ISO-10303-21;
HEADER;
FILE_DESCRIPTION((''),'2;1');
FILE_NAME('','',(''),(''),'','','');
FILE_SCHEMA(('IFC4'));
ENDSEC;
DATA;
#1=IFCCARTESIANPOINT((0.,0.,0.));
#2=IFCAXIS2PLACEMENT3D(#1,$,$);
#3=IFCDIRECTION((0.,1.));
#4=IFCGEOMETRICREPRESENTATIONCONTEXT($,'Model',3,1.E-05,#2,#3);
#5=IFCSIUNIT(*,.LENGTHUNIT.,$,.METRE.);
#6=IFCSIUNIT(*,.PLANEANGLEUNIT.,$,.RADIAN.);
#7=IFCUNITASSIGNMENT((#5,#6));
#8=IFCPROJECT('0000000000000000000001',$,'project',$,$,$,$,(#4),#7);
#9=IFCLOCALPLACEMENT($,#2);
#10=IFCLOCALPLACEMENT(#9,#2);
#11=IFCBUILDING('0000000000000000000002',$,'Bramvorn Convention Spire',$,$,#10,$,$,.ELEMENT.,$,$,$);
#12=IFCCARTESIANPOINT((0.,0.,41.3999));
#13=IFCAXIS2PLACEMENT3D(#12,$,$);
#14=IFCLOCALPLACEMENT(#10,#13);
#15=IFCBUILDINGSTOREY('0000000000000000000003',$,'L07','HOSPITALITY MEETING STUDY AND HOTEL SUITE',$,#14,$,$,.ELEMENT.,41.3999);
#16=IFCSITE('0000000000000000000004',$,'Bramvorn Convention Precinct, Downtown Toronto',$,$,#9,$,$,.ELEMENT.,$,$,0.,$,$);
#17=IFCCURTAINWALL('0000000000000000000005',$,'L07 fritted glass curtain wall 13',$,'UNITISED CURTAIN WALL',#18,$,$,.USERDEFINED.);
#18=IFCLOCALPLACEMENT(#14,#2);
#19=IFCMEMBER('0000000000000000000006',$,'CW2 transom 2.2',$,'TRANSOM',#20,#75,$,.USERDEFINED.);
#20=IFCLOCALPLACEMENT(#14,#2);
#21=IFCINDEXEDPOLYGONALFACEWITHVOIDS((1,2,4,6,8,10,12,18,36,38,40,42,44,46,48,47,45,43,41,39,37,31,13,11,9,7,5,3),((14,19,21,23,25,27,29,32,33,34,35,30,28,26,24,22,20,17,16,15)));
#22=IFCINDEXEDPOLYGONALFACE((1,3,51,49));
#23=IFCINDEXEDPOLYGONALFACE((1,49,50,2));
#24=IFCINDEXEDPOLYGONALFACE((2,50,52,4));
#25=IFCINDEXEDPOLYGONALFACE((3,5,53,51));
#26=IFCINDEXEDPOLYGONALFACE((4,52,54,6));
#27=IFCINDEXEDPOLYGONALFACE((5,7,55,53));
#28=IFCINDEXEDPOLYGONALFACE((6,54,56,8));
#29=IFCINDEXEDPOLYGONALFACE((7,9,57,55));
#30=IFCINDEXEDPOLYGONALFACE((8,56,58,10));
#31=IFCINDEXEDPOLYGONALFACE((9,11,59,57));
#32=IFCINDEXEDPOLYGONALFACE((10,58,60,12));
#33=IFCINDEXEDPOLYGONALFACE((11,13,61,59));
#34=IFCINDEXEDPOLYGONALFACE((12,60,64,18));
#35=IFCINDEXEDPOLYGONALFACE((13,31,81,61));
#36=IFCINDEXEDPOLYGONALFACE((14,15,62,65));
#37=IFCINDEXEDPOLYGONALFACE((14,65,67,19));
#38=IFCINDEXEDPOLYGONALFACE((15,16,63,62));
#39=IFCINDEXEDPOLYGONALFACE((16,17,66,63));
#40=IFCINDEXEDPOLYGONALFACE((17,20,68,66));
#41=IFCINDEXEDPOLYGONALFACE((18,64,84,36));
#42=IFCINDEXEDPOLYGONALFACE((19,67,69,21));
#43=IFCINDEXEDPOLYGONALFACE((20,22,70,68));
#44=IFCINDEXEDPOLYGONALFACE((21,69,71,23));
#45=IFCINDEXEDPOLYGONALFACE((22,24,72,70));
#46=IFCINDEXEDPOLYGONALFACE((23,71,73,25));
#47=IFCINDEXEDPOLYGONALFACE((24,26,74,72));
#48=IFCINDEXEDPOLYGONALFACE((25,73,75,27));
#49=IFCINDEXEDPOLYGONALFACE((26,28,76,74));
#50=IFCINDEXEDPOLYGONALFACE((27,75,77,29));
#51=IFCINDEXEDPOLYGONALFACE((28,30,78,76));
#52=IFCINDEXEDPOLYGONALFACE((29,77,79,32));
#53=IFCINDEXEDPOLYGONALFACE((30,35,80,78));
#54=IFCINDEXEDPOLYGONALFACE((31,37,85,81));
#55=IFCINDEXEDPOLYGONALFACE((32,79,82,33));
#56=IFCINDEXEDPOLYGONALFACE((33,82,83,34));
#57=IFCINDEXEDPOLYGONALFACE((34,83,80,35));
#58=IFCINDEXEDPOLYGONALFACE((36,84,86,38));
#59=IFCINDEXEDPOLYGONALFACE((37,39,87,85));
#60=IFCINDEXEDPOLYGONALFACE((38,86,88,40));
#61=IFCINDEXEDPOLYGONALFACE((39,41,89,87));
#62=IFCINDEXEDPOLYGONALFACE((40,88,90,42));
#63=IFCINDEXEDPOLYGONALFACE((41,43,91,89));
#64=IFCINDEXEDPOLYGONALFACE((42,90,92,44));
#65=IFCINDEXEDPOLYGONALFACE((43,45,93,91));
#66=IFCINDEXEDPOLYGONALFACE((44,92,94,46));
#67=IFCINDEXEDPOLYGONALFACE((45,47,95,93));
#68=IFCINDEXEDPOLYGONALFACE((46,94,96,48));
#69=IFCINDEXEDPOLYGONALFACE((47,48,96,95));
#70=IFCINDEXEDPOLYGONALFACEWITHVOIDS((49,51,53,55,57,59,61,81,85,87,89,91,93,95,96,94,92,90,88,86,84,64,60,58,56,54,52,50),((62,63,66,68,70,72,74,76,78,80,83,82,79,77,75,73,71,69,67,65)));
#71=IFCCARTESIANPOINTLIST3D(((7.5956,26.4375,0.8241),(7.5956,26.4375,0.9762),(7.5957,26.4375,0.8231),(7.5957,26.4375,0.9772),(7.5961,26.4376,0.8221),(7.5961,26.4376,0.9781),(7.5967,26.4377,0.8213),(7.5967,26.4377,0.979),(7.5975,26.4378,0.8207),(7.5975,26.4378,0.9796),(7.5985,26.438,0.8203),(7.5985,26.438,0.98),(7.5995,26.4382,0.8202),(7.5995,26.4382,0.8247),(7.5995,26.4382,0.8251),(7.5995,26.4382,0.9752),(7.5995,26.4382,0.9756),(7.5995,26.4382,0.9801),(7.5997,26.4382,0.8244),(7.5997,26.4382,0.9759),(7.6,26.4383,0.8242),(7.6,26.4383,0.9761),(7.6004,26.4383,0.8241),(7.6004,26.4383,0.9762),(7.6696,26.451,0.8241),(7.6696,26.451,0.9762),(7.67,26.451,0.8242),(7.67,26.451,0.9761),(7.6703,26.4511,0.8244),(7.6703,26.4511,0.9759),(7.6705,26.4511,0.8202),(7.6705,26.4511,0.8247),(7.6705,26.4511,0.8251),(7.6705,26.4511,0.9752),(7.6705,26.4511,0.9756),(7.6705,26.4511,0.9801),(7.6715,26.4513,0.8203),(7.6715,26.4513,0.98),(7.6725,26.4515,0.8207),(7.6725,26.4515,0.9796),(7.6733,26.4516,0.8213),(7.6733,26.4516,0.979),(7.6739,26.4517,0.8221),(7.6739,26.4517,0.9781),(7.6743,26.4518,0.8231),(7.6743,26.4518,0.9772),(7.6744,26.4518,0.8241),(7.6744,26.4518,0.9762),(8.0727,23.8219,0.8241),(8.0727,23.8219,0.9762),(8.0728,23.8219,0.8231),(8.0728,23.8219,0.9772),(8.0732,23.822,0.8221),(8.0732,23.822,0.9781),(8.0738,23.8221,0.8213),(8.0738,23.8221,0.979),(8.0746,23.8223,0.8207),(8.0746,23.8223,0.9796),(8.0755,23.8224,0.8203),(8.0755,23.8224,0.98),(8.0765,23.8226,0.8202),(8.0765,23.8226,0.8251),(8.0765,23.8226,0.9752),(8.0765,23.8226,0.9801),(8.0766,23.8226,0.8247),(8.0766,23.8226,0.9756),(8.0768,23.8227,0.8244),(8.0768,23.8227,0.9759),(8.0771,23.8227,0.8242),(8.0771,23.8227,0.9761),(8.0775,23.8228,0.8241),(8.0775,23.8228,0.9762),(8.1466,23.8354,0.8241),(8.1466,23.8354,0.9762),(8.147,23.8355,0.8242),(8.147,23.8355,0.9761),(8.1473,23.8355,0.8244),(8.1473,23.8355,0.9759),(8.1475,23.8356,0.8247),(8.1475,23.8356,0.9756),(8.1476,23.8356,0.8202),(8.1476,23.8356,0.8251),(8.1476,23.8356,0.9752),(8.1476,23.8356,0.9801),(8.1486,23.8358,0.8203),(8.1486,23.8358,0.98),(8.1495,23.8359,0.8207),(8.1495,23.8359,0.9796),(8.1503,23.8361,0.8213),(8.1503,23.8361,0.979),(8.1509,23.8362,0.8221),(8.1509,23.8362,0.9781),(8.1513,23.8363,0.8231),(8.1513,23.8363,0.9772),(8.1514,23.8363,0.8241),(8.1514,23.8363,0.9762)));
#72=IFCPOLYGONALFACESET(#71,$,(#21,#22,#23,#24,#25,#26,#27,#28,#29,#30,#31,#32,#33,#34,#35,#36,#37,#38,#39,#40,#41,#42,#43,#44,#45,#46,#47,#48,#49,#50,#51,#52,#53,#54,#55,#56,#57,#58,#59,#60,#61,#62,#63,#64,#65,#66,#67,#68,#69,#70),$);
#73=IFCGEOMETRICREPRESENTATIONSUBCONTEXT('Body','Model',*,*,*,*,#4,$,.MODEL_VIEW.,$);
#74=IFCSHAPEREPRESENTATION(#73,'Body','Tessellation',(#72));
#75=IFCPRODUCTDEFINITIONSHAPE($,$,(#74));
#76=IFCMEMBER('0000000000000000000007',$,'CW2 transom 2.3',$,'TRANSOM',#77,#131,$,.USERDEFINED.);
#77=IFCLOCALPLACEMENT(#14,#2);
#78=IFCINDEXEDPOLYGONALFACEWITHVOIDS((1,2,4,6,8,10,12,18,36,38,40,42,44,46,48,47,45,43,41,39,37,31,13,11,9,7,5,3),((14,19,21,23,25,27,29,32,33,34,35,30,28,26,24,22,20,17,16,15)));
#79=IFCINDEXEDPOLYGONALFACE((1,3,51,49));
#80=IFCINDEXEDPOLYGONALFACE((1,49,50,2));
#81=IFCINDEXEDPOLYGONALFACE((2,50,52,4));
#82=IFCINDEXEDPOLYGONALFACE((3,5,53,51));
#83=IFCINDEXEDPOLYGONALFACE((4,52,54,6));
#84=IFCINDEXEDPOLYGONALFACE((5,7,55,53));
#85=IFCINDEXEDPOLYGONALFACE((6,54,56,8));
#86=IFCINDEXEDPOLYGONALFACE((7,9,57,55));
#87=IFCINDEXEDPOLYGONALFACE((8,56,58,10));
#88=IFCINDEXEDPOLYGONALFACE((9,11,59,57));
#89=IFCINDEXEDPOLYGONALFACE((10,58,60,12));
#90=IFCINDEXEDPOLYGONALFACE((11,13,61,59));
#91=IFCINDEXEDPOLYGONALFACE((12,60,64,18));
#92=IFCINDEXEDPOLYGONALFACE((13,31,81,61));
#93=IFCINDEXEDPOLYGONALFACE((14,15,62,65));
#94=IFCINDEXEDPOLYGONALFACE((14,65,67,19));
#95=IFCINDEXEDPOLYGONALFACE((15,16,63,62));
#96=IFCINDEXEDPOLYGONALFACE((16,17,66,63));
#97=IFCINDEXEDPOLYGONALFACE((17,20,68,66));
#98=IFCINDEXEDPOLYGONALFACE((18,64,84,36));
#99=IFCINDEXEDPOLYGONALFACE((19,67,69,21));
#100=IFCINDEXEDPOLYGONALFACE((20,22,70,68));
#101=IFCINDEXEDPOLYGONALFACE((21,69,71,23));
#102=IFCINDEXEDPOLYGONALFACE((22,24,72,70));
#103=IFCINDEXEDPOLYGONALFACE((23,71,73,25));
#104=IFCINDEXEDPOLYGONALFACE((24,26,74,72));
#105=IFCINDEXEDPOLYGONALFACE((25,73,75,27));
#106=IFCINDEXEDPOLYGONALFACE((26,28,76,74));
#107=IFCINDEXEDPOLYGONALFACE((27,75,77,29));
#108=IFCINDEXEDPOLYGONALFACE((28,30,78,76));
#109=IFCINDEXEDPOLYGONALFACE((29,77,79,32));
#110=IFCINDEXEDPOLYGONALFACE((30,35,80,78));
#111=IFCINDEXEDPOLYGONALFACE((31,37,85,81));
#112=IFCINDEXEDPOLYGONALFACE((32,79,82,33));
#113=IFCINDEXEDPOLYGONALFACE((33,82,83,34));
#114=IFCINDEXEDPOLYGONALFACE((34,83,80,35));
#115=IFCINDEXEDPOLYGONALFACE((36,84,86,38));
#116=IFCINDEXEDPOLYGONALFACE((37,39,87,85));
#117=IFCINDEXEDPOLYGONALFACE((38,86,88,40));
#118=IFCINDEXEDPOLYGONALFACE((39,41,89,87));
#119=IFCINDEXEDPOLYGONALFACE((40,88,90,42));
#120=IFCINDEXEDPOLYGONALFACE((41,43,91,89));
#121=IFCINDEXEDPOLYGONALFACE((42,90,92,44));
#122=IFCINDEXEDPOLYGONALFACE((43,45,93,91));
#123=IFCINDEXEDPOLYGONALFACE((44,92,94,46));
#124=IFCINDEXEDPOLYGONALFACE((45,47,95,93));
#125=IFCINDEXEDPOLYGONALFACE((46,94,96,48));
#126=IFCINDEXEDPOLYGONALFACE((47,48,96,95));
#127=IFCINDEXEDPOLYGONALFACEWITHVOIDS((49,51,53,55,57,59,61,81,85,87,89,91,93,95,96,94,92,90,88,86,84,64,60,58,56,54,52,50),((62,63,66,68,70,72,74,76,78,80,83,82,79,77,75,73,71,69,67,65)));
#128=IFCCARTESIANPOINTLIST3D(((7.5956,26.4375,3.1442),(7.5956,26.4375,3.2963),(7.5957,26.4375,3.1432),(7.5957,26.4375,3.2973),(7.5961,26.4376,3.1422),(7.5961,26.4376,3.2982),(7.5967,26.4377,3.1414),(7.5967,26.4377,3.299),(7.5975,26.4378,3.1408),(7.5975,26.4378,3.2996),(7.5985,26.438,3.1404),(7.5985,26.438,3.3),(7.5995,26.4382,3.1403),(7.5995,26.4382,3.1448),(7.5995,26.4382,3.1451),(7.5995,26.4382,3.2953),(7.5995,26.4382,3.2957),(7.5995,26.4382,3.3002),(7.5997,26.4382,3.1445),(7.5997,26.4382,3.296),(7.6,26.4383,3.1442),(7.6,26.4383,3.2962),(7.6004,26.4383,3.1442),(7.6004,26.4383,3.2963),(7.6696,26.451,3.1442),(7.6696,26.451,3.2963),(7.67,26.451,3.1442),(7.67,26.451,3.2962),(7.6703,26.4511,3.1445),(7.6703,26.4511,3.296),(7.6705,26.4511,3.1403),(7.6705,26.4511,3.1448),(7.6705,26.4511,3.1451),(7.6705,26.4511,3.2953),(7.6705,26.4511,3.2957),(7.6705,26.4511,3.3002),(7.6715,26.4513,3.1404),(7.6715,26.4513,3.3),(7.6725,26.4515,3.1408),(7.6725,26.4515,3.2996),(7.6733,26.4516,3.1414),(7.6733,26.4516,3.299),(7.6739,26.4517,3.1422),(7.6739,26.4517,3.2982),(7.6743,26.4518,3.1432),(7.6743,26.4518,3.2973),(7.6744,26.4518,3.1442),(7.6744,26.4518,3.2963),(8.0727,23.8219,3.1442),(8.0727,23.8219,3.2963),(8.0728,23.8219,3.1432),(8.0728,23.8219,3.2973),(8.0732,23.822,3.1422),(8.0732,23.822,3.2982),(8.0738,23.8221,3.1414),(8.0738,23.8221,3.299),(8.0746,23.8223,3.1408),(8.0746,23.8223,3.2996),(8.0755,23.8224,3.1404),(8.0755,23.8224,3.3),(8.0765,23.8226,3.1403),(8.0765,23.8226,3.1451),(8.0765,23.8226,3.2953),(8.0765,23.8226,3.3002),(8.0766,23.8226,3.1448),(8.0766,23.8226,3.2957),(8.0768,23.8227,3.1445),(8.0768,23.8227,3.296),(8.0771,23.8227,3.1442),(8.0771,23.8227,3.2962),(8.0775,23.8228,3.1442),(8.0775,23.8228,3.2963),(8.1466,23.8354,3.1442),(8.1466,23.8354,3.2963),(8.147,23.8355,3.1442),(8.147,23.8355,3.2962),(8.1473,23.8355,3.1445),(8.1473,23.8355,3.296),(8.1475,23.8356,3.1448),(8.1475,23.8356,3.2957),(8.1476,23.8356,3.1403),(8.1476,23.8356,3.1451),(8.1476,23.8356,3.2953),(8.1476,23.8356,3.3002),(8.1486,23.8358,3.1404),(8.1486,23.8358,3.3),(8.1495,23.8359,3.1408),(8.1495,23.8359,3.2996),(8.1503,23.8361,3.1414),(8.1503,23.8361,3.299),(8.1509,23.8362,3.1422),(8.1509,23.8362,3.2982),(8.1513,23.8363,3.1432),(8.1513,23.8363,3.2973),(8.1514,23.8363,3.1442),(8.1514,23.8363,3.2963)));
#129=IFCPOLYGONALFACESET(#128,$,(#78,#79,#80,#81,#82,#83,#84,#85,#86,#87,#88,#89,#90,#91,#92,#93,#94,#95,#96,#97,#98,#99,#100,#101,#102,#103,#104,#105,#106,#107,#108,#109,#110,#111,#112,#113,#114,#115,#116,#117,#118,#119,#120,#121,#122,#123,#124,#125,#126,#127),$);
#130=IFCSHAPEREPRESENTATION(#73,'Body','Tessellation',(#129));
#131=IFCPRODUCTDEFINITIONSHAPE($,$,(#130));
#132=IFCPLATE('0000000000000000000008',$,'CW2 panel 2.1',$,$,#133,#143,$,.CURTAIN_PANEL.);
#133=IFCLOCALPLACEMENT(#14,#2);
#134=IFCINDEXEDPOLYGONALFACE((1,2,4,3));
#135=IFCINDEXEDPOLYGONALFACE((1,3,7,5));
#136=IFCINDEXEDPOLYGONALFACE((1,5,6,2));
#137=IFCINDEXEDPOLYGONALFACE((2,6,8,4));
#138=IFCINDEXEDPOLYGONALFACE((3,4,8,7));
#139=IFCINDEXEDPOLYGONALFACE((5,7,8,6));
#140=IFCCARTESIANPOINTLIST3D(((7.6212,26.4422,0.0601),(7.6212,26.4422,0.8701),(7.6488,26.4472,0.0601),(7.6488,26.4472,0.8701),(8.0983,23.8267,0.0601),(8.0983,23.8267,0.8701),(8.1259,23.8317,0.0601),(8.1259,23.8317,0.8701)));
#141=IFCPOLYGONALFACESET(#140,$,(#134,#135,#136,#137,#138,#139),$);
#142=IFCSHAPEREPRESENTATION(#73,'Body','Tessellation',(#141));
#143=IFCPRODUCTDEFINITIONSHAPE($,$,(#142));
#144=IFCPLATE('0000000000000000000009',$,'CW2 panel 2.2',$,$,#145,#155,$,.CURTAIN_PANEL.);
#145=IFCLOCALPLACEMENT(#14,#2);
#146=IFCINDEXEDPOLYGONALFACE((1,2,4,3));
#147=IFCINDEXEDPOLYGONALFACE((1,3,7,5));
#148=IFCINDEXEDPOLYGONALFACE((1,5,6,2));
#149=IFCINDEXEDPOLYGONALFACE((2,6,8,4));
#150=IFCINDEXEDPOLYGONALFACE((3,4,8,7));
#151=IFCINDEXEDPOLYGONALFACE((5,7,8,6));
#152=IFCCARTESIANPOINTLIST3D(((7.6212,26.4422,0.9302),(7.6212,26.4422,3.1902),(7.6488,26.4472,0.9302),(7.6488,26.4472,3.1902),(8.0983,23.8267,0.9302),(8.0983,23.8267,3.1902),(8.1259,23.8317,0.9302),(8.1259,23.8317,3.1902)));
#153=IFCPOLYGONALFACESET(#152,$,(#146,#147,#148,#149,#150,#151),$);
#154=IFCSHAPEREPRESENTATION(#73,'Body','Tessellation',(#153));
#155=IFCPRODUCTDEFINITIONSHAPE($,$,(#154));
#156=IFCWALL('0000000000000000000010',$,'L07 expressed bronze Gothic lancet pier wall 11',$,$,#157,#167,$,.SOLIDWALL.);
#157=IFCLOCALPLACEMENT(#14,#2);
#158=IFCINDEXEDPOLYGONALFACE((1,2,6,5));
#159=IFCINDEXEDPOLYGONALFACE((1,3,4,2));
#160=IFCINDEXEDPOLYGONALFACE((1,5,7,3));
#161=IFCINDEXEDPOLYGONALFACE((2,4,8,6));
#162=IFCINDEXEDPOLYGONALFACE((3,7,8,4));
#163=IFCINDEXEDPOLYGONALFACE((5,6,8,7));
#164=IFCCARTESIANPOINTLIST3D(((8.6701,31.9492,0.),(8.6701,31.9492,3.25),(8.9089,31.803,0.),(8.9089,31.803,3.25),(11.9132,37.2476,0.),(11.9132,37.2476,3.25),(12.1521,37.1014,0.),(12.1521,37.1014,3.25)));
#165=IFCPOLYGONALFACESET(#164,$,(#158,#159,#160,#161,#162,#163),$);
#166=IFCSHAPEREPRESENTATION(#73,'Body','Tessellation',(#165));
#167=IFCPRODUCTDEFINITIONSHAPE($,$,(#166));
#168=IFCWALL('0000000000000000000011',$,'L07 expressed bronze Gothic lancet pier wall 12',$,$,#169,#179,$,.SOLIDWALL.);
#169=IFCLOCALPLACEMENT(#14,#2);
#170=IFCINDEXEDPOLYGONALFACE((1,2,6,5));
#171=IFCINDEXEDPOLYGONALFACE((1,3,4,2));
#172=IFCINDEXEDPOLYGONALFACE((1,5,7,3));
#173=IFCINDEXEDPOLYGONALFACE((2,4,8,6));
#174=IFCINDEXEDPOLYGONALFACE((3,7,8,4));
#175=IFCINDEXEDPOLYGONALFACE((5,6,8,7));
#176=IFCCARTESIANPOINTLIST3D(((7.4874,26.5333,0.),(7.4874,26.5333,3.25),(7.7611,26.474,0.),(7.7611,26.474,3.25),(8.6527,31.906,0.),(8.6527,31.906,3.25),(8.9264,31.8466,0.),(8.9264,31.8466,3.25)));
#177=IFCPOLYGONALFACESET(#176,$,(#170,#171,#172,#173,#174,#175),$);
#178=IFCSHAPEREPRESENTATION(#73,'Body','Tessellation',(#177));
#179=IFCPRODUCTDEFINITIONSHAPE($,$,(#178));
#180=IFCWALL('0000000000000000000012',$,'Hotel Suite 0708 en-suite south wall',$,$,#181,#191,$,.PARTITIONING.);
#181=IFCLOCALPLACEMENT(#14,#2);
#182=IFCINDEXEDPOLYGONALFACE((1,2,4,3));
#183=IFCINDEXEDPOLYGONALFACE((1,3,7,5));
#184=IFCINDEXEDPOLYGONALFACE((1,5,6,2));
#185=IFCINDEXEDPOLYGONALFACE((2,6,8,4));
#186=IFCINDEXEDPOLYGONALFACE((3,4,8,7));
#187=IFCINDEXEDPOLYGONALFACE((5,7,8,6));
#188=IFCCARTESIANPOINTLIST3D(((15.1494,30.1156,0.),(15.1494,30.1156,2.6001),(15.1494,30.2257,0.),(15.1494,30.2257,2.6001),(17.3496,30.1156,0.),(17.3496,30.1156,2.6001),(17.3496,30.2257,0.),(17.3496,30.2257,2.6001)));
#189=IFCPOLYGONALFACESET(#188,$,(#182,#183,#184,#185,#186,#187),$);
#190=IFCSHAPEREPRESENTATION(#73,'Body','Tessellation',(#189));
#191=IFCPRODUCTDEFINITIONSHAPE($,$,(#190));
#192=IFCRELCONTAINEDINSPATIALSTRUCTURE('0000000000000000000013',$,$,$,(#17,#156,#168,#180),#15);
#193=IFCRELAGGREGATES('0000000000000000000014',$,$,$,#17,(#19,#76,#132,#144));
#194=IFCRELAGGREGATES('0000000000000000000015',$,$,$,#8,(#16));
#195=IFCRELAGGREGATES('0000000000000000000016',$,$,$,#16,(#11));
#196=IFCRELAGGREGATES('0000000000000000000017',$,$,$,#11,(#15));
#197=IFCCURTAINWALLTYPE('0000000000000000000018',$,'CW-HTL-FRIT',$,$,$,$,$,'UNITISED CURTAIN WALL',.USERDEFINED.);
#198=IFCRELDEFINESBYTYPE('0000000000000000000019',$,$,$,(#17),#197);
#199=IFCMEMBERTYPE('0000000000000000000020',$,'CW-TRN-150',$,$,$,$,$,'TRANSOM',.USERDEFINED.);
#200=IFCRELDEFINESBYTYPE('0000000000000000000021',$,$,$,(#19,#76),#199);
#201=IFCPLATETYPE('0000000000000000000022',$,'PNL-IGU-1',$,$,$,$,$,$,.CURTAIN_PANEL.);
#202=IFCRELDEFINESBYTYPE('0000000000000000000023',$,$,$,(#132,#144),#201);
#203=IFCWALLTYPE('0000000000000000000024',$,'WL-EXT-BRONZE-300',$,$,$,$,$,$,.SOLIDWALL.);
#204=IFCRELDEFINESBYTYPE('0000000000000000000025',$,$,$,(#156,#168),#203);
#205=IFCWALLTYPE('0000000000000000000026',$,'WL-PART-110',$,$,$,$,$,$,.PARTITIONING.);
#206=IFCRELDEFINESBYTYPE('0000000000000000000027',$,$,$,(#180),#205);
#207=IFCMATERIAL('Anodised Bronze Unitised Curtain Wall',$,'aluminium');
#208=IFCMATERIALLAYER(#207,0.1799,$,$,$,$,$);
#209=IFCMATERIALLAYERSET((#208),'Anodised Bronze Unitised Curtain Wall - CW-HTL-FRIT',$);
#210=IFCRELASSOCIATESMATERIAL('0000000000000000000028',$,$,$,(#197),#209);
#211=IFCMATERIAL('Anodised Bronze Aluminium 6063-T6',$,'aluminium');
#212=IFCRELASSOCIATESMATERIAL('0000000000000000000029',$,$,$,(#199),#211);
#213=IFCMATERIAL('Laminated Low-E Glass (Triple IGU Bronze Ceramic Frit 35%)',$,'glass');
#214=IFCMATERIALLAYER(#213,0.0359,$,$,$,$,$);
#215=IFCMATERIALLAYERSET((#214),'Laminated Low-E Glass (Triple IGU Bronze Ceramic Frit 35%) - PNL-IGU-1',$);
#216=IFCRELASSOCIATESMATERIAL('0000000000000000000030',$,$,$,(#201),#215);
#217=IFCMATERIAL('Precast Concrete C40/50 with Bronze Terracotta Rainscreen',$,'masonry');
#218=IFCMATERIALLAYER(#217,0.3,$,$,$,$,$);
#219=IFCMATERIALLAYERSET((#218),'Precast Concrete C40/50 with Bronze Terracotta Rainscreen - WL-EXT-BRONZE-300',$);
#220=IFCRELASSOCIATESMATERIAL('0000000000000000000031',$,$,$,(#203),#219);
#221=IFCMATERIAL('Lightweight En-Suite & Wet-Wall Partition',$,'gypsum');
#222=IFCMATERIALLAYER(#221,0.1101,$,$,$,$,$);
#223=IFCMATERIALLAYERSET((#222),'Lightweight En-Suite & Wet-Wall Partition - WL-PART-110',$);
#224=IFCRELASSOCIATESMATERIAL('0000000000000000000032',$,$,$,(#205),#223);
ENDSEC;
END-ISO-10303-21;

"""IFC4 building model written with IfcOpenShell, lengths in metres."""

from ifc_helpers import new_model, si_unit, direction, frame, frame_2d, origin, origin_2d, place, context, subcontext, project, spatial, rectangle, hollow_rectangle, extrude, material, layer, layer_set, material_profile, profile_set, type_object, element, aggregate, save


model = new_model("IFC4")

# Units and contexts
model_context = context("Model", 3, precision=1e-05, world=origin(), true_north=direction((0.0, 1.0)))
body_context = subcontext(model_context, "Body", "Model", "MODEL_VIEW")
ifc_project = project(units=[si_unit("LENGTHUNIT", "METRE"), si_unit("PLANEANGLEUNIT", "RADIAN")], contexts=[model_context])

# Site, building, storey
site_placement = place(None, origin())
site = spatial("IfcSite", under=ifc_project, at=site_placement, Name="Bramvorn Convention Precinct, Downtown Toronto", CompositionType="ELEMENT", RefElevation=0.0)
building_placement = place(site_placement, origin())
building = spatial("IfcBuilding", under=site, at=building_placement, Name="Bramvorn Convention Spire", CompositionType="ELEMENT")
storey_placement = place(building_placement, frame((0.0, 0.0, 41.3999)))
storey = spatial("IfcBuildingStorey", under=building, at=storey_placement, Name="L07", Description="HOSPITALITY MEETING STUDY AND HOTEL SUITE", CompositionType="ELEMENT", Elevation=41.3999)

# Curtain wall, members, plates
ifc_material_1 = material(Name="Anodised Bronze Unitised Curtain Wall", Category="aluminium")
ifc_layer_1 = layer(ifc_material_1, 0.1799)
ifc_layer_set_1 = layer_set([ifc_layer_1], Name="Anodised Bronze Unitised Curtain Wall - CW-HTL-FRIT")
curtain_wall_type = type_object("IfcCurtainWallType", Name="CW-HTL-FRIT", ElementType="UNITISED CURTAIN WALL", PredefinedType="USERDEFINED", material=ifc_layer_set_1)
curtain_wall_placement = place(storey_placement, origin())
curtain_wall = element("IfcCurtainWall", 1, at=curtain_wall_placement, inside=storey, type_object=curtain_wall_type, Name="L07 fritted glass curtain wall 13", ObjectType="UNITISED CURTAIN WALL", PredefinedType="USERDEFINED")
ifc_material_2 = material(Name="Anodised Bronze Aluminium 6063-T6", Category="aluminium")
ifc_material_profile_1 = material_profile(ifc_material_2, hollow_rectangle(XDim=0.0801, YDim=0.1599, WallThickness=0.0039, InnerFilletRadius=0.001, OuterFilletRadius=0.0039, at=origin_2d()))
ifc_profile_set_1 = profile_set([ifc_material_profile_1], Name="Anodised Bronze Aluminium 6063-T6 - CWT80X160")
member_type_1 = type_object("IfcMemberType", Name="CW-TRN-150", ElementType="TRANSOM", PredefinedType="USERDEFINED", material=ifc_profile_set_1)
member_1_placement = place(storey_placement, frame((8.1121, 23.8291, 0.9001), z_axis=(-0.179435, 0.98377, 0.0), x_axis=(-0.98377, -0.179435, 0.0)))
member_1 = element("IfcMember", 2, at=member_1_placement, type_object=member_type_1, Name="CW2 transom 2.2", ObjectType="TRANSOM", PredefinedType="USERDEFINED", context=body_context, shape_type="SweptSolid", body=[
    extrude(hollow_rectangle(XDim=0.0801, YDim=0.1599, WallThickness=0.0039, InnerFilletRadius=0.001, OuterFilletRadius=0.0039, at=origin_2d()), origin(), (0.0, 0.0, 1.0), 2.6587),
])
member_2_placement = place(storey_placement, frame((8.1121, 23.8291, 3.2202), z_axis=(-0.179435, 0.98377, 0.0), x_axis=(-0.98377, -0.179435, 0.0)))
member_2 = element("IfcMember", 3, at=member_2_placement, type_object=member_type_1, Name="CW2 transom 2.3", ObjectType="TRANSOM", PredefinedType="USERDEFINED", context=body_context, shape_type="SweptSolid", body=[
    extrude(hollow_rectangle(XDim=0.0801, YDim=0.1599, WallThickness=0.0039, InnerFilletRadius=0.001, OuterFilletRadius=0.0039, at=origin_2d()), origin(), (0.0, 0.0, 1.0), 2.6587),
])
ifc_material_3 = material(Name="Laminated Low-E Glass (Triple IGU Bronze Ceramic Frit 35%)", Category="glass")
ifc_layer_2 = layer(ifc_material_3, 0.0359)
ifc_layer_set_2 = layer_set([ifc_layer_2], Name="Laminated Low-E Glass (Triple IGU Bronze Ceramic Frit 35%) - PNL-IGU-1")
plate_type = type_object("IfcPlateType", Name="PNL-IGU-1", PredefinedType="CURTAIN_PANEL", material=ifc_layer_set_2)
plate_1_placement = place(storey_placement, frame((7.8735, 25.137, 0.0601), z_axis=(0.0, 0.0, 1.0), x_axis=(-0.179447, 0.983768, 0.0)))
plate_1 = element("IfcPlate", 4, at=plate_1_placement, type_object=plate_type, Name="CW2 panel 2.1", PredefinedType="CURTAIN_PANEL", context=body_context, shape_type="SweptSolid", body=[
    extrude(rectangle(XDim=2.6587, YDim=0.0281, at=origin_2d()), origin(), (0.0, 0.0, 1.0), 0.8101),
])
plate_2_placement = place(storey_placement, frame((7.8735, 25.137, 0.9302), z_axis=(0.0, 0.0, 1.0), x_axis=(-0.179447, 0.983768, 0.0)))
plate_2 = element("IfcPlate", 5, at=plate_2_placement, type_object=plate_type, Name="CW2 panel 2.2", PredefinedType="CURTAIN_PANEL", context=body_context, shape_type="SweptSolid", body=[
    extrude(rectangle(XDim=2.6587, YDim=0.0281, at=origin_2d()), origin(), (0.0, 0.0, 1.0), 2.26),
])
aggregate(curtain_wall, [member_1, member_2, plate_1, plate_2])

# Walls
ifc_material_4 = material(Name="Precast Concrete C40/50 with Bronze Terracotta Rainscreen", Category="masonry")
ifc_layer_3 = layer(ifc_material_4, 0.3)
ifc_layer_set_3 = layer_set([ifc_layer_3], Name="Precast Concrete C40/50 with Bronze Terracotta Rainscreen - WL-EXT-BRONZE-300")
wall_type_1 = type_object("IfcWallType", Name="WL-EXT-BRONZE-300", PredefinedType="SOLIDWALL", material=ifc_layer_set_3)
wall_1_placement = place(storey_placement, frame((8.7896, 31.8762, 0.0), z_axis=(0.0, 0.0, 1.0), x_axis=(0.52207, 0.852903, 0.0)))
element("IfcWall", 6, at=wall_1_placement, inside=storey, type_object=wall_type_1, Name="L07 expressed bronze Gothic lancet pier wall 11", PredefinedType="SOLIDWALL", context=body_context, shape_type="SweptSolid", body=[
    extrude(rectangle(XDim=6.2122, YDim=0.28, at=frame_2d((3.106, 0.0))), origin(), (0.0, 0.0, 1.0), 3.25),
])
wall_2_placement = place(storey_placement, frame((7.6243, 26.5037, 0.0), z_axis=(0.0, 0.0, 1.0), x_axis=(0.211967, 0.977277, 0.0)))
element("IfcWall", 7, at=wall_2_placement, inside=storey, type_object=wall_type_1, Name="L07 expressed bronze Gothic lancet pier wall 12", PredefinedType="SOLIDWALL", context=body_context, shape_type="SweptSolid", body=[
    extrude(rectangle(XDim=5.4976, YDim=0.28, at=frame_2d((2.7488, 0.0))), origin(), (0.0, 0.0, 1.0), 3.25),
])
ifc_material_5 = material(Name="Lightweight En-Suite & Wet-Wall Partition", Category="gypsum")
ifc_layer_4 = layer(ifc_material_5, 0.1101)
ifc_layer_set_4 = layer_set([ifc_layer_4], Name="Lightweight En-Suite & Wet-Wall Partition - WL-PART-110")
wall_type_2 = type_object("IfcWallType", Name="WL-PART-110", PredefinedType="PARTITIONING", material=ifc_layer_set_4)
wall_3_placement = place(storey_placement, frame((15.1494, 30.1707, 0.0), z_axis=(0.0, 0.0, 1.0), x_axis=(1.0, 0.0, 0.0)))
element("IfcWall", 8, at=wall_3_placement, inside=storey, type_object=wall_type_2, Name="Hotel Suite 0708 en-suite south wall", PredefinedType="PARTITIONING", context=body_context, shape_type="SweptSolid", body=[
    extrude(rectangle(XDim=2.2002, YDim=0.1101, at=frame_2d((1.1001, 0.0))), origin(), (0.0, 0.0, 1.0), 2.6001),
])

save(model, "model.ifc")
